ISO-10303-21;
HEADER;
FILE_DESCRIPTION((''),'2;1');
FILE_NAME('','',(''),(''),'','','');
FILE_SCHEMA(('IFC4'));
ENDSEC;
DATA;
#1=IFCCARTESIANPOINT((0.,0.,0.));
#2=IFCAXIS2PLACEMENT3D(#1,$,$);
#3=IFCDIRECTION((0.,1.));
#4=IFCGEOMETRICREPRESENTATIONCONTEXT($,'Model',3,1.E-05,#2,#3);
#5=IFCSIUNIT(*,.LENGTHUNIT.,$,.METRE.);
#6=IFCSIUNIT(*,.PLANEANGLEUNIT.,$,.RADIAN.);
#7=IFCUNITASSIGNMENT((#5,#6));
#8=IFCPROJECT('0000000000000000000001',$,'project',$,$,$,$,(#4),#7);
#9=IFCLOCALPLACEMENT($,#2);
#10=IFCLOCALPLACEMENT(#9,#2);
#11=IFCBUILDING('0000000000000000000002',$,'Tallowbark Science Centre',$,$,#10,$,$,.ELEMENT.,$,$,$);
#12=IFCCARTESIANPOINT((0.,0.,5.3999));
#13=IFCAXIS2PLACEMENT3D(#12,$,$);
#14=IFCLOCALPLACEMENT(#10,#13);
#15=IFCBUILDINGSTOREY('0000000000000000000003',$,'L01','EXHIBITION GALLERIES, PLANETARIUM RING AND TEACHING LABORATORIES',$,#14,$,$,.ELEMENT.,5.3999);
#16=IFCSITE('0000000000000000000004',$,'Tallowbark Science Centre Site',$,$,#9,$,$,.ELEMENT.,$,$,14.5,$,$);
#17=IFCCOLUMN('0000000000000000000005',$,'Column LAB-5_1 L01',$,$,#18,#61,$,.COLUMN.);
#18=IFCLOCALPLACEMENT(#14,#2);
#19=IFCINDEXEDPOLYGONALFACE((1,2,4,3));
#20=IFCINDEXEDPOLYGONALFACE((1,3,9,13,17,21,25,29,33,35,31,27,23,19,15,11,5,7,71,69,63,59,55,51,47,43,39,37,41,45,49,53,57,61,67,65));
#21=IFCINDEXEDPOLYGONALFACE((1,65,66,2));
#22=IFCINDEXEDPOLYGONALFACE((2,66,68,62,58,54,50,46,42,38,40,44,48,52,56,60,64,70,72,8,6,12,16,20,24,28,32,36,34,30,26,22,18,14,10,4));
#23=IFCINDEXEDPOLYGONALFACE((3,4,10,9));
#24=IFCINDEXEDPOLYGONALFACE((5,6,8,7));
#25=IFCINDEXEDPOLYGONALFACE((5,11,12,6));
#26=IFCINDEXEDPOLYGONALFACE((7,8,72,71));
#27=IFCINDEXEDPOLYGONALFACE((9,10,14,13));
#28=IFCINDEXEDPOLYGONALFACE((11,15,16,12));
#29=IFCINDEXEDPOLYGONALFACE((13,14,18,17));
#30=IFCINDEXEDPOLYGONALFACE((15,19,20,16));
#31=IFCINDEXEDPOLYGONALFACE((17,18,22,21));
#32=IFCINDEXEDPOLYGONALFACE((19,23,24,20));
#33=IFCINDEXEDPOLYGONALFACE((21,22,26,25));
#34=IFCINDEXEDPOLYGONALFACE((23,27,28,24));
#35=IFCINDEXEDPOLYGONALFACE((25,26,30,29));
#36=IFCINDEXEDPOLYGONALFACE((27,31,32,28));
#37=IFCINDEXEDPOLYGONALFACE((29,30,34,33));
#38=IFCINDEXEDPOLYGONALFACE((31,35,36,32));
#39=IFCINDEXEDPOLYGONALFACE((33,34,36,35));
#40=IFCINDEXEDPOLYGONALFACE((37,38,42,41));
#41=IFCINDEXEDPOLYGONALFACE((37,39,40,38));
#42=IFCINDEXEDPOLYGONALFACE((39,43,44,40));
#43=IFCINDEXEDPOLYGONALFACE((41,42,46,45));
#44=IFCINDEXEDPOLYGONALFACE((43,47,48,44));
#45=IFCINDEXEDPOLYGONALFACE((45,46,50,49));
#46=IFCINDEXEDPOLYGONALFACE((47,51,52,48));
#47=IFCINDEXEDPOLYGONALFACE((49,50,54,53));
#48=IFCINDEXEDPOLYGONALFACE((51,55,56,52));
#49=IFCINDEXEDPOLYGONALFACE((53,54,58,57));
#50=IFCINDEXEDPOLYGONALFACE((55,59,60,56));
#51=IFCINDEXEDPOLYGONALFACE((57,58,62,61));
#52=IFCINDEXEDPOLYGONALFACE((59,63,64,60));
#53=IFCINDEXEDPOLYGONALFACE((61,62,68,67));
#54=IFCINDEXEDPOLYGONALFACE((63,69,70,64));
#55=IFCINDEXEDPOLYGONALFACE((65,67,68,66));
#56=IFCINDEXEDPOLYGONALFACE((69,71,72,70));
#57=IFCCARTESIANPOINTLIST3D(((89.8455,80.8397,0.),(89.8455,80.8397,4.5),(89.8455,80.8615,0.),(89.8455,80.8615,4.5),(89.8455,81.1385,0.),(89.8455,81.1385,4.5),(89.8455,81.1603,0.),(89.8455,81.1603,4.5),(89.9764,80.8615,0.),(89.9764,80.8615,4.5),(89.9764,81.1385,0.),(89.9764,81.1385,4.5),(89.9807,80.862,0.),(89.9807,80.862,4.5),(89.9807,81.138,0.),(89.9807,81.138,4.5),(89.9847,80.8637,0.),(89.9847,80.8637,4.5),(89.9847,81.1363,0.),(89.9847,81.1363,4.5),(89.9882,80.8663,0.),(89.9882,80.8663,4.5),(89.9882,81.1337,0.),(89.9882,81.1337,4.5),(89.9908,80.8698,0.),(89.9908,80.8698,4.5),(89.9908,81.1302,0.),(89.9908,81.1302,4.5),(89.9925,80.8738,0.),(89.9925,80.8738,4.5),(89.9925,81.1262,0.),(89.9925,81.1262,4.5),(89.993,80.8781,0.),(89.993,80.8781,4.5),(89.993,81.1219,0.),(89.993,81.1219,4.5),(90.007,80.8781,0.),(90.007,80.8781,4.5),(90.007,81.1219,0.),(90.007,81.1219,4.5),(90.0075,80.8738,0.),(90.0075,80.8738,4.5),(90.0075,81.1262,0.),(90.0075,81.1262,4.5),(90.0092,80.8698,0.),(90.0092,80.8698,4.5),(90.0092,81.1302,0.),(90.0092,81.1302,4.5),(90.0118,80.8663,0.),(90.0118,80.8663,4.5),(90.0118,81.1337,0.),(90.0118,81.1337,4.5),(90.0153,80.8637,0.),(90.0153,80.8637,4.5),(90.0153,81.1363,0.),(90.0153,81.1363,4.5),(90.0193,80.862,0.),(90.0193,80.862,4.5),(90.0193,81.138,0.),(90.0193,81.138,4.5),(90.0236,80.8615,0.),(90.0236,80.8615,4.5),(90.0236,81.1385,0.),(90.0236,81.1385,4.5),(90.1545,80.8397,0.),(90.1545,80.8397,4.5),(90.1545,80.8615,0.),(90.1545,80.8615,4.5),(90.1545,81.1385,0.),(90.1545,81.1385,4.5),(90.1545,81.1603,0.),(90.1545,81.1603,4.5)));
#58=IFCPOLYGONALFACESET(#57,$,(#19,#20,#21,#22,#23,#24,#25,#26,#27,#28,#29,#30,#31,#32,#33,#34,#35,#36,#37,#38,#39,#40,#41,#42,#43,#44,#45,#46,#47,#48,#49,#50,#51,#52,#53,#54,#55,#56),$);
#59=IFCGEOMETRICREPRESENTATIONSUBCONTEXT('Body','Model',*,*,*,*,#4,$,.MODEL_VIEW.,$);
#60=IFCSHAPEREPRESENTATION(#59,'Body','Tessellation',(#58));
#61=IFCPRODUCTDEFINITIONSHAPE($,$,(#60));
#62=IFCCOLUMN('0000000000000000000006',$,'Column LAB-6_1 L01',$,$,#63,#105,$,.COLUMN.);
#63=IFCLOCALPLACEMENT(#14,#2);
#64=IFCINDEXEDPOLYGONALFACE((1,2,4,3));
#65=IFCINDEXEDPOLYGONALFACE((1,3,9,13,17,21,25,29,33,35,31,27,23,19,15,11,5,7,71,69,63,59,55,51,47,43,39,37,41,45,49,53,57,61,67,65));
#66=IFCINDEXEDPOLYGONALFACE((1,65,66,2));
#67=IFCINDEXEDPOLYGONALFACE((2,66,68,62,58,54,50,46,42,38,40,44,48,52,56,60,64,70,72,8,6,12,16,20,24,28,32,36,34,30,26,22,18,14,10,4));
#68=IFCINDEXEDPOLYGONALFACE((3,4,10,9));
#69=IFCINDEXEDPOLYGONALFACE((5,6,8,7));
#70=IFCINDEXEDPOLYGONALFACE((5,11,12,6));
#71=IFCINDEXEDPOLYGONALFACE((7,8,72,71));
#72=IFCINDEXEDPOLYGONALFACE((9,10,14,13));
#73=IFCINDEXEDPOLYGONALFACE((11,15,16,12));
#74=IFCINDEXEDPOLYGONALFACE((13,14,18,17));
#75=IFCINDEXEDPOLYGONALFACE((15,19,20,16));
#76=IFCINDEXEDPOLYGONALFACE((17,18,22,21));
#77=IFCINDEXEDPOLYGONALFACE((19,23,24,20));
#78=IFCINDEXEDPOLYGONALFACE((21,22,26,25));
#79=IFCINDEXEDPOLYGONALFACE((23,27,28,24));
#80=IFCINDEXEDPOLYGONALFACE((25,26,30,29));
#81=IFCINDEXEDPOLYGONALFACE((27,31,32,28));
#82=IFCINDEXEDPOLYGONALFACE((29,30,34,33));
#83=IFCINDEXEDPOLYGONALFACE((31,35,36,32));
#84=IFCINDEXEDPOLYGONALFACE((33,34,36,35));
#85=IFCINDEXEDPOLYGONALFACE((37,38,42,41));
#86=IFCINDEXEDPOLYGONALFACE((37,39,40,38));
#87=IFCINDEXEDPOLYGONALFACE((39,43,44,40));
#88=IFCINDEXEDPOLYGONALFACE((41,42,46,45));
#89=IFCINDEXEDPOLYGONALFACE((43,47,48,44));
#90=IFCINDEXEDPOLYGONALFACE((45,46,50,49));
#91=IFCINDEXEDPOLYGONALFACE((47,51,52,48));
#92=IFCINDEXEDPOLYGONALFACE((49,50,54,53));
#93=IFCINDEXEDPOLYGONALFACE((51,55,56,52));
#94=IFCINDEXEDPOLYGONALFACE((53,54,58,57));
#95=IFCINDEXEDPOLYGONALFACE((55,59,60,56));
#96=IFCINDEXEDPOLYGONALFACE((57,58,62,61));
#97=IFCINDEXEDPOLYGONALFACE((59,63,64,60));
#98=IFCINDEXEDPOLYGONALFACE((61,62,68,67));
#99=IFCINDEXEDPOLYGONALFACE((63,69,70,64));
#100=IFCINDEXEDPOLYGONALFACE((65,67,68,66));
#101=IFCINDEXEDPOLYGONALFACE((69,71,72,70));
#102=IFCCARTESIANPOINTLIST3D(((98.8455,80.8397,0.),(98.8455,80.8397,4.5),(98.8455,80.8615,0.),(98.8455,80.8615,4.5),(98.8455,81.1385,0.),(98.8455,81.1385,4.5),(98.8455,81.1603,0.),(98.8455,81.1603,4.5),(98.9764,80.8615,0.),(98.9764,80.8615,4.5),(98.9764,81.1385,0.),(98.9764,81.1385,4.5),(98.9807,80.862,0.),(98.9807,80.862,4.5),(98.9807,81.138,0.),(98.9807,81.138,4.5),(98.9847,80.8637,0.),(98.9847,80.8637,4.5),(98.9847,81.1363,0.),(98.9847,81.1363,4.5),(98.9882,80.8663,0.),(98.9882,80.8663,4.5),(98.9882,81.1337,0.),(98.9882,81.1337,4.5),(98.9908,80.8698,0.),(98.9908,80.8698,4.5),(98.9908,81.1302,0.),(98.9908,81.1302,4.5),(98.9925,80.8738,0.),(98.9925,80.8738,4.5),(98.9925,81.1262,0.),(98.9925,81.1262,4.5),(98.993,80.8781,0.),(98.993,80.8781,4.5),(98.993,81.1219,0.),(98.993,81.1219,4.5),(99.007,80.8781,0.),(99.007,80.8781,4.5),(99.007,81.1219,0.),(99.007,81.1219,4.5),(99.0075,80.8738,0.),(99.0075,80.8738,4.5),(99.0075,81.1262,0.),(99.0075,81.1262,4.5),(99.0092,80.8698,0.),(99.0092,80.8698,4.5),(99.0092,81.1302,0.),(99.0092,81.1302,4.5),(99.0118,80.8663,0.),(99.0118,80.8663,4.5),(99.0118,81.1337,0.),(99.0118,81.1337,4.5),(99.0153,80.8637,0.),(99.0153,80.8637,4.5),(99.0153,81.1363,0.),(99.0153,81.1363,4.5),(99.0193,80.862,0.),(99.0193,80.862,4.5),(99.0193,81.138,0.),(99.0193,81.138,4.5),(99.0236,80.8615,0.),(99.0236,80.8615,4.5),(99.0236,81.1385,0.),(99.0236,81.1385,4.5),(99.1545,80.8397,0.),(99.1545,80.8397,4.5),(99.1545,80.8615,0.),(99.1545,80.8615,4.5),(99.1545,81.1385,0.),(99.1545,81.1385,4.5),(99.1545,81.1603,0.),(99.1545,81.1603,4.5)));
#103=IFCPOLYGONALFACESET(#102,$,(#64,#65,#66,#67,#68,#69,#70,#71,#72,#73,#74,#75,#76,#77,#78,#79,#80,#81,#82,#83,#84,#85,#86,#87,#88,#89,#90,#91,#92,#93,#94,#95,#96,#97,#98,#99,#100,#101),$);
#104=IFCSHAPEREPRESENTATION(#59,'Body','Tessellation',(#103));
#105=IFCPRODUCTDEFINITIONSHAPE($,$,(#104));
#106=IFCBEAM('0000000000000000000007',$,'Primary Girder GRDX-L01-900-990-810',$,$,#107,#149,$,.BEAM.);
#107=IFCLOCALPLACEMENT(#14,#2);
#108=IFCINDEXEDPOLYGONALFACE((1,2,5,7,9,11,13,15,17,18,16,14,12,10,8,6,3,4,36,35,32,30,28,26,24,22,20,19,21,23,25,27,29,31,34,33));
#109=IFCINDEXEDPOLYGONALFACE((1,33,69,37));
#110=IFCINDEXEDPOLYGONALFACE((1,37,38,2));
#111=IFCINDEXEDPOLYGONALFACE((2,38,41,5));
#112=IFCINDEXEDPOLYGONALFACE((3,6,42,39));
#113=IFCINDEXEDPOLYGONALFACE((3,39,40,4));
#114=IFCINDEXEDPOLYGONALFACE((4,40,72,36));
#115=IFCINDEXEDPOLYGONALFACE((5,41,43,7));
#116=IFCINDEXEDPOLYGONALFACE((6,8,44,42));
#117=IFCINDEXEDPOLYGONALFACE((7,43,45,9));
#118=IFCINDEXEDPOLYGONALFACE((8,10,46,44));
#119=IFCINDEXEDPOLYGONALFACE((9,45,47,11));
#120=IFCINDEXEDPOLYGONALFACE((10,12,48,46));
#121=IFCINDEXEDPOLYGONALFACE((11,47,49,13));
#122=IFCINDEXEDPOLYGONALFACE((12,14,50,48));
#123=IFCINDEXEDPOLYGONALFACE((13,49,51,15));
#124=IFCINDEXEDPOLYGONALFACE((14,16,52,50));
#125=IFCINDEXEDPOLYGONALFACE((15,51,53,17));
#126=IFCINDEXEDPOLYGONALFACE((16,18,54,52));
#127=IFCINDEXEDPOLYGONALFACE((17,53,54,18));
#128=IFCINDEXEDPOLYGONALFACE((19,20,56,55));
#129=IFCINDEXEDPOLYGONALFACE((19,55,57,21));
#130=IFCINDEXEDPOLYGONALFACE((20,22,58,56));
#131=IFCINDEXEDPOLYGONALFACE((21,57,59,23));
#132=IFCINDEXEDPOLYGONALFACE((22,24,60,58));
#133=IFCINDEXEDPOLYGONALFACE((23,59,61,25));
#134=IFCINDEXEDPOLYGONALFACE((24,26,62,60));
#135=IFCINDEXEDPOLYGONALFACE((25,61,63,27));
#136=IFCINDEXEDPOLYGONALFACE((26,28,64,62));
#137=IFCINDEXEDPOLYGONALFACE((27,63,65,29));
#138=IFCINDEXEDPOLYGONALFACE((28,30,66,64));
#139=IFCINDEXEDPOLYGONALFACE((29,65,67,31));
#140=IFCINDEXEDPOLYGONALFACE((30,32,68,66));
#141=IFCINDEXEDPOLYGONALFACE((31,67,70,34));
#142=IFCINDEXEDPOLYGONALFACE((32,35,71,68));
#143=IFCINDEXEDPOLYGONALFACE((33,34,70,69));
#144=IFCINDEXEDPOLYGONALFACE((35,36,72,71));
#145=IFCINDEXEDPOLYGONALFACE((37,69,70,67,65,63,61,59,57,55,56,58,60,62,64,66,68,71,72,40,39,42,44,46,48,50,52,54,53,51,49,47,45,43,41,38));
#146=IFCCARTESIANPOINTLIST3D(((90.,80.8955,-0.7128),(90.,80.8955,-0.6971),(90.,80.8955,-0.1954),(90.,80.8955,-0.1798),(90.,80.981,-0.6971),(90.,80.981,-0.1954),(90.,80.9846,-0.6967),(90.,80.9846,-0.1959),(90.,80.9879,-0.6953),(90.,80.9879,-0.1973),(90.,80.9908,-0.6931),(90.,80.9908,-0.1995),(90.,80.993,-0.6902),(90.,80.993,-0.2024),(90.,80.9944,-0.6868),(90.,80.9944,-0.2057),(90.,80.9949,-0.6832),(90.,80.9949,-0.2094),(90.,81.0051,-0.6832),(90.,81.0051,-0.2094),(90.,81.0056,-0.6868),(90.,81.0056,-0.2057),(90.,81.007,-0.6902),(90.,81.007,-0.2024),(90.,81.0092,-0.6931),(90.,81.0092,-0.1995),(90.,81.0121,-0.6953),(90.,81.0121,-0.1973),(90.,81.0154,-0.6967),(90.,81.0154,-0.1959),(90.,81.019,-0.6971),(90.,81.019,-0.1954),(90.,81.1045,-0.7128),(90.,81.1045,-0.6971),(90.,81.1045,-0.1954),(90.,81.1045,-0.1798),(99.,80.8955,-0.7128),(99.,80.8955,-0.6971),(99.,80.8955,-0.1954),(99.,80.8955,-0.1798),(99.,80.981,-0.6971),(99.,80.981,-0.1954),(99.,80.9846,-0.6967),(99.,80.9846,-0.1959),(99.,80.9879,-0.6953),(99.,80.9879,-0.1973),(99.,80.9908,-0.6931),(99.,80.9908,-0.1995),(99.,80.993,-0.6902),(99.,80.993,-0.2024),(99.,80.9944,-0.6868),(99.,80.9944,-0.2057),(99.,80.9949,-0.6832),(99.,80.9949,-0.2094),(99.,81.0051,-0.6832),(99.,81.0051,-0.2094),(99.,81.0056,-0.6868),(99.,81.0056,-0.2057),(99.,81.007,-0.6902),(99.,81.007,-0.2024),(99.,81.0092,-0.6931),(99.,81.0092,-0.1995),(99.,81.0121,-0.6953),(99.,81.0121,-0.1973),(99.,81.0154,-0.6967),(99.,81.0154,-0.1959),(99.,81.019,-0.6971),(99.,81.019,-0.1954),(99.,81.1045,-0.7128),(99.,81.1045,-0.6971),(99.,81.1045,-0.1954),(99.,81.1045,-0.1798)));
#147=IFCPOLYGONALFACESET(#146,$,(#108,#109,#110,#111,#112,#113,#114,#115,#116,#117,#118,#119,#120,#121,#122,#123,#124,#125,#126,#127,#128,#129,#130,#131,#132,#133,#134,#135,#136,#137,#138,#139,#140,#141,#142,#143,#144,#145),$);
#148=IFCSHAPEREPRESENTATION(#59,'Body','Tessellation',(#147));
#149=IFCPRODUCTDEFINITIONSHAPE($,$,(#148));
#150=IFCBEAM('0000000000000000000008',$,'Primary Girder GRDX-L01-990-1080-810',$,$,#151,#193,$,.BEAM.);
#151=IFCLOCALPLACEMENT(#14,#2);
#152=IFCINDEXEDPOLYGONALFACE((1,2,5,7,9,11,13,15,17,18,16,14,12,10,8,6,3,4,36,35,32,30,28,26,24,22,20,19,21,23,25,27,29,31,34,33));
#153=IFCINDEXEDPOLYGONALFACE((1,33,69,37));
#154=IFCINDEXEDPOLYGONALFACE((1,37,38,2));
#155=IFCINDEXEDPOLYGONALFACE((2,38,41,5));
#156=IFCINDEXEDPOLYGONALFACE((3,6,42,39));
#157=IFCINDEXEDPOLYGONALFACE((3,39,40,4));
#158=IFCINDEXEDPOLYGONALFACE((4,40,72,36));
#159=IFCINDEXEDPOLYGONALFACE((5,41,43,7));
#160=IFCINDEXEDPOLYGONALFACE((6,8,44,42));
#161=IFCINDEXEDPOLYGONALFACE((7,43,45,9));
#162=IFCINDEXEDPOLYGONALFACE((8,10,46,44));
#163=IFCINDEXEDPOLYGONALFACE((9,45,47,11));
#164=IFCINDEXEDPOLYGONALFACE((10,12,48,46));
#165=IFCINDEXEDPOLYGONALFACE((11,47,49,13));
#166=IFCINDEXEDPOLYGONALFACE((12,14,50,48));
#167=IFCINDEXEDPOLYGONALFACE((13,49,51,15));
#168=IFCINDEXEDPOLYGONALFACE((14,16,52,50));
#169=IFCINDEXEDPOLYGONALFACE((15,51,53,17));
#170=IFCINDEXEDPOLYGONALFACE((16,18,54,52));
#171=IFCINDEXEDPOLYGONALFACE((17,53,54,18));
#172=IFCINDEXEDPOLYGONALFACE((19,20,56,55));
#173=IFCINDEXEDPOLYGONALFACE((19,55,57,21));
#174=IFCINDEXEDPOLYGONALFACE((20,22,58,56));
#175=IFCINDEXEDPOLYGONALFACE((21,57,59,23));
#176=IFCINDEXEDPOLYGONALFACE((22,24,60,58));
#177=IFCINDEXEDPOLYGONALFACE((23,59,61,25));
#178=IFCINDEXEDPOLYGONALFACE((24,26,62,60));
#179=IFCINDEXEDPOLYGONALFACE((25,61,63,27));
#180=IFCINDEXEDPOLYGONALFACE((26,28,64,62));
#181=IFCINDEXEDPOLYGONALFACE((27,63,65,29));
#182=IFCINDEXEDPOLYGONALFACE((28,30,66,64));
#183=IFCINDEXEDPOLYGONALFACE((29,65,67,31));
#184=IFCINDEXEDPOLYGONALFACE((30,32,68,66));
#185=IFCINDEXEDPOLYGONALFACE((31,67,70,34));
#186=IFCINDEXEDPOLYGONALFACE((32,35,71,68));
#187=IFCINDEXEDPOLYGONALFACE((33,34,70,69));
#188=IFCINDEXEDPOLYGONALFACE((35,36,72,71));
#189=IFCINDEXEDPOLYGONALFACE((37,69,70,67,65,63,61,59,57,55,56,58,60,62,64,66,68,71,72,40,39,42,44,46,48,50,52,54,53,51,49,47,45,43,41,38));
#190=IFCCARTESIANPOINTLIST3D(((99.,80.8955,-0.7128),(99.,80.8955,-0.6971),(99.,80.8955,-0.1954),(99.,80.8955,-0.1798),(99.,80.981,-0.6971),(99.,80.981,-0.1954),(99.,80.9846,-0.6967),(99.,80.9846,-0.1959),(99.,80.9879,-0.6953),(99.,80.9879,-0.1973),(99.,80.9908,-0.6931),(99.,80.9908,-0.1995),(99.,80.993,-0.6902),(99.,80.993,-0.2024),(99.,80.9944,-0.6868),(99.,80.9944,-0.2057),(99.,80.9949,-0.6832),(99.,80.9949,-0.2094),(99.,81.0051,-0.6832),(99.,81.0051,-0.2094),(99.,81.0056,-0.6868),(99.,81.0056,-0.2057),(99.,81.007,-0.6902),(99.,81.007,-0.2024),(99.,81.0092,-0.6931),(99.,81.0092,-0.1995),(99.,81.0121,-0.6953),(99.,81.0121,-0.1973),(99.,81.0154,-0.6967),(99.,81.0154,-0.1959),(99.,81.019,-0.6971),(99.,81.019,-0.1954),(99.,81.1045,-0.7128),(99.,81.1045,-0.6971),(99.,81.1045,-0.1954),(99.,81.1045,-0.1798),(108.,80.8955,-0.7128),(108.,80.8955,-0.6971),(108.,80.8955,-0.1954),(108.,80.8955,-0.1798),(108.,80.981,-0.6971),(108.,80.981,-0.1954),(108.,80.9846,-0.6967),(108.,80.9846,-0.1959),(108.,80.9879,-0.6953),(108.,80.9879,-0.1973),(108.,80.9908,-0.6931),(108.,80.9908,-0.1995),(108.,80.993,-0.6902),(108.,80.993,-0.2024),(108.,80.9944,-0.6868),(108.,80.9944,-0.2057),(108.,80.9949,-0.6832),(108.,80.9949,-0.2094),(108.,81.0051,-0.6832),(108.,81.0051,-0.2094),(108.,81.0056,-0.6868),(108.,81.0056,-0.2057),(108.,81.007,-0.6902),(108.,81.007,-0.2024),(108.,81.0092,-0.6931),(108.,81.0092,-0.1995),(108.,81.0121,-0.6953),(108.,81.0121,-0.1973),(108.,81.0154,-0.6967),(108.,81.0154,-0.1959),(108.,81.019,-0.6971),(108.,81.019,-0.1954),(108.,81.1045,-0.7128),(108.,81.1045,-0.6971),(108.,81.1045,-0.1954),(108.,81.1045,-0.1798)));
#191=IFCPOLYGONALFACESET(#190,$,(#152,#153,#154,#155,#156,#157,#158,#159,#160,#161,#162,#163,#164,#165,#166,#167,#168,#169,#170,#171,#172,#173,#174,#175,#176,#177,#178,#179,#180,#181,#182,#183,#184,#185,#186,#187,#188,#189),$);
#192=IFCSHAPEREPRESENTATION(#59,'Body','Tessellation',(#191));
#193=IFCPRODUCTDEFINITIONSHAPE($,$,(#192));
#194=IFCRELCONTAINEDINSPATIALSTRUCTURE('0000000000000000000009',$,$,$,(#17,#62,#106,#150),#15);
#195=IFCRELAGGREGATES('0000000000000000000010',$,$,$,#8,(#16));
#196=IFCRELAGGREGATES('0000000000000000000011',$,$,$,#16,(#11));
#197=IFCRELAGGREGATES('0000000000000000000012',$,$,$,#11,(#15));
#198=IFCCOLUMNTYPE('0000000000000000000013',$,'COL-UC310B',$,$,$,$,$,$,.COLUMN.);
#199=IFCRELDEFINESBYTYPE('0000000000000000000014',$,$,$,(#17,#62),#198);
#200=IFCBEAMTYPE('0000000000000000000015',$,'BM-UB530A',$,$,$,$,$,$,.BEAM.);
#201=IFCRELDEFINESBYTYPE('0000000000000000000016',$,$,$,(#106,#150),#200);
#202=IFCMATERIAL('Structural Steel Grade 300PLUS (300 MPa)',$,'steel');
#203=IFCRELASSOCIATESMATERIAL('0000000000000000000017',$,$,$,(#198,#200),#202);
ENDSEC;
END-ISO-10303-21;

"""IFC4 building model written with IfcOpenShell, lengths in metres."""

from ifc_helpers import new_model, si_unit, direction, frame, origin, origin_2d, place, context, subcontext, project, spatial, i_section, extrude, material, material_profile, profile_set, type_object, element, save


model = new_model("IFC4")

# Units and contexts
model_context = context("Model", 3, precision=1e-05, world=origin(), true_north=direction((0.0, 1.0)))
body_context = subcontext(model_context, "Body", "Model", "MODEL_VIEW")
ifc_project = project(units=[si_unit("LENGTHUNIT", "METRE"), si_unit("PLANEANGLEUNIT", "RADIAN")], contexts=[model_context])

# Site, building, storey
site_placement = place(None, origin())
site = spatial("IfcSite", under=ifc_project, at=site_placement, Name="Tallowbark Science Centre Site", CompositionType="ELEMENT", RefElevation=14.5)
building_placement = place(site_placement, origin())
building = spatial("IfcBuilding", under=site, at=building_placement, Name="Tallowbark Science Centre", CompositionType="ELEMENT")
storey_placement = place(building_placement, frame((0.0, 0.0, 5.3999)))
storey = spatial("IfcBuildingStorey", under=building, at=storey_placement, Name="L01", Description="EXHIBITION GALLERIES, PLANETARIUM RING AND TEACHING LABORATORIES", CompositionType="ELEMENT", Elevation=5.3999)

# Columns
ifc_material_1 = material(Name="Structural Steel Grade 300PLUS (300 MPa)", Category="steel")
ifc_material_profile_1 = material_profile(ifc_material_1, i_section(OverallWidth=0.3091, OverallDepth=0.3206, WebThickness=0.0139, FlangeThickness=0.0217, FilletRadius=0.0166, at=origin_2d()), Name="310UC137")
ifc_profile_set_1 = profile_set([ifc_material_profile_1], Name="Structural Steel Grade 300PLUS (300 MPa)")
column_type = type_object("IfcColumnType", Name="COL-UC310B", PredefinedType="COLUMN", material=ifc_profile_set_1)
for number, where, z_axis, x_axis, name in (
    (1, (90.0, 81.0, 0.0), (0.0, 0.0, 1.0), (1.0, 0.0, 0.0), "Column LAB-5_1 L01"),
    (2, (99.0, 81.0, 0.0), (0.0, 0.0, 1.0), (1.0, 0.0, 0.0), "Column LAB-6_1 L01"),
):
    element("IfcColumn", number, at=place(storey_placement, frame(where, z_axis=z_axis, x_axis=x_axis)), inside=storey, type_object=column_type, Name=name, PredefinedType="COLUMN", context=body_context, shape_type="SweptSolid", body=[
        extrude(i_section(OverallWidth=0.3091, OverallDepth=0.3206, WebThickness=0.0139, FlangeThickness=0.0217, FilletRadius=0.0166, at=origin_2d()), origin(), (0.0, 0.0, 1.0), 4.5),
    ])

# Beams
ifc_material_profile_2 = material_profile(ifc_material_1, i_section(OverallWidth=0.209, OverallDepth=0.533, WebThickness=0.0103, FlangeThickness=0.0156, FilletRadius=0.0139, at=origin_2d()), Name="530UB92.4")
ifc_profile_set_2 = profile_set([ifc_material_profile_2], Name="Structural Steel Grade 300PLUS (300 MPa)")
beam_type_1 = type_object("IfcBeamType", Name="BM-UB530A", PredefinedType="BEAM", material=ifc_profile_set_2)
for number, where, z_axis, x_axis, name in (
    (3, (90.0, 81.0, -0.4463), (1.0, 0.0, 0.0), (0.0, 1.0, 0.0), "Primary Girder GRDX-L01-900-990-810"),
    (4, (99.0, 81.0, -0.4463), (1.0, 0.0, 0.0), (0.0, 1.0, 0.0), "Primary Girder GRDX-L01-990-1080-810"),
):
    element("IfcBeam", number, at=place(storey_placement, frame(where, z_axis=z_axis, x_axis=x_axis)), inside=storey, type_object=beam_type_1, Name=name, PredefinedType="BEAM", context=body_context, shape_type="SweptSolid", body=[
        extrude(i_section(OverallWidth=0.209, OverallDepth=0.533, WebThickness=0.0103, FlangeThickness=0.0156, FilletRadius=0.0139, at=origin_2d()), origin(), (0.0, 0.0, 1.0), 9.0),
    ])

save(model, "model.ifc")
